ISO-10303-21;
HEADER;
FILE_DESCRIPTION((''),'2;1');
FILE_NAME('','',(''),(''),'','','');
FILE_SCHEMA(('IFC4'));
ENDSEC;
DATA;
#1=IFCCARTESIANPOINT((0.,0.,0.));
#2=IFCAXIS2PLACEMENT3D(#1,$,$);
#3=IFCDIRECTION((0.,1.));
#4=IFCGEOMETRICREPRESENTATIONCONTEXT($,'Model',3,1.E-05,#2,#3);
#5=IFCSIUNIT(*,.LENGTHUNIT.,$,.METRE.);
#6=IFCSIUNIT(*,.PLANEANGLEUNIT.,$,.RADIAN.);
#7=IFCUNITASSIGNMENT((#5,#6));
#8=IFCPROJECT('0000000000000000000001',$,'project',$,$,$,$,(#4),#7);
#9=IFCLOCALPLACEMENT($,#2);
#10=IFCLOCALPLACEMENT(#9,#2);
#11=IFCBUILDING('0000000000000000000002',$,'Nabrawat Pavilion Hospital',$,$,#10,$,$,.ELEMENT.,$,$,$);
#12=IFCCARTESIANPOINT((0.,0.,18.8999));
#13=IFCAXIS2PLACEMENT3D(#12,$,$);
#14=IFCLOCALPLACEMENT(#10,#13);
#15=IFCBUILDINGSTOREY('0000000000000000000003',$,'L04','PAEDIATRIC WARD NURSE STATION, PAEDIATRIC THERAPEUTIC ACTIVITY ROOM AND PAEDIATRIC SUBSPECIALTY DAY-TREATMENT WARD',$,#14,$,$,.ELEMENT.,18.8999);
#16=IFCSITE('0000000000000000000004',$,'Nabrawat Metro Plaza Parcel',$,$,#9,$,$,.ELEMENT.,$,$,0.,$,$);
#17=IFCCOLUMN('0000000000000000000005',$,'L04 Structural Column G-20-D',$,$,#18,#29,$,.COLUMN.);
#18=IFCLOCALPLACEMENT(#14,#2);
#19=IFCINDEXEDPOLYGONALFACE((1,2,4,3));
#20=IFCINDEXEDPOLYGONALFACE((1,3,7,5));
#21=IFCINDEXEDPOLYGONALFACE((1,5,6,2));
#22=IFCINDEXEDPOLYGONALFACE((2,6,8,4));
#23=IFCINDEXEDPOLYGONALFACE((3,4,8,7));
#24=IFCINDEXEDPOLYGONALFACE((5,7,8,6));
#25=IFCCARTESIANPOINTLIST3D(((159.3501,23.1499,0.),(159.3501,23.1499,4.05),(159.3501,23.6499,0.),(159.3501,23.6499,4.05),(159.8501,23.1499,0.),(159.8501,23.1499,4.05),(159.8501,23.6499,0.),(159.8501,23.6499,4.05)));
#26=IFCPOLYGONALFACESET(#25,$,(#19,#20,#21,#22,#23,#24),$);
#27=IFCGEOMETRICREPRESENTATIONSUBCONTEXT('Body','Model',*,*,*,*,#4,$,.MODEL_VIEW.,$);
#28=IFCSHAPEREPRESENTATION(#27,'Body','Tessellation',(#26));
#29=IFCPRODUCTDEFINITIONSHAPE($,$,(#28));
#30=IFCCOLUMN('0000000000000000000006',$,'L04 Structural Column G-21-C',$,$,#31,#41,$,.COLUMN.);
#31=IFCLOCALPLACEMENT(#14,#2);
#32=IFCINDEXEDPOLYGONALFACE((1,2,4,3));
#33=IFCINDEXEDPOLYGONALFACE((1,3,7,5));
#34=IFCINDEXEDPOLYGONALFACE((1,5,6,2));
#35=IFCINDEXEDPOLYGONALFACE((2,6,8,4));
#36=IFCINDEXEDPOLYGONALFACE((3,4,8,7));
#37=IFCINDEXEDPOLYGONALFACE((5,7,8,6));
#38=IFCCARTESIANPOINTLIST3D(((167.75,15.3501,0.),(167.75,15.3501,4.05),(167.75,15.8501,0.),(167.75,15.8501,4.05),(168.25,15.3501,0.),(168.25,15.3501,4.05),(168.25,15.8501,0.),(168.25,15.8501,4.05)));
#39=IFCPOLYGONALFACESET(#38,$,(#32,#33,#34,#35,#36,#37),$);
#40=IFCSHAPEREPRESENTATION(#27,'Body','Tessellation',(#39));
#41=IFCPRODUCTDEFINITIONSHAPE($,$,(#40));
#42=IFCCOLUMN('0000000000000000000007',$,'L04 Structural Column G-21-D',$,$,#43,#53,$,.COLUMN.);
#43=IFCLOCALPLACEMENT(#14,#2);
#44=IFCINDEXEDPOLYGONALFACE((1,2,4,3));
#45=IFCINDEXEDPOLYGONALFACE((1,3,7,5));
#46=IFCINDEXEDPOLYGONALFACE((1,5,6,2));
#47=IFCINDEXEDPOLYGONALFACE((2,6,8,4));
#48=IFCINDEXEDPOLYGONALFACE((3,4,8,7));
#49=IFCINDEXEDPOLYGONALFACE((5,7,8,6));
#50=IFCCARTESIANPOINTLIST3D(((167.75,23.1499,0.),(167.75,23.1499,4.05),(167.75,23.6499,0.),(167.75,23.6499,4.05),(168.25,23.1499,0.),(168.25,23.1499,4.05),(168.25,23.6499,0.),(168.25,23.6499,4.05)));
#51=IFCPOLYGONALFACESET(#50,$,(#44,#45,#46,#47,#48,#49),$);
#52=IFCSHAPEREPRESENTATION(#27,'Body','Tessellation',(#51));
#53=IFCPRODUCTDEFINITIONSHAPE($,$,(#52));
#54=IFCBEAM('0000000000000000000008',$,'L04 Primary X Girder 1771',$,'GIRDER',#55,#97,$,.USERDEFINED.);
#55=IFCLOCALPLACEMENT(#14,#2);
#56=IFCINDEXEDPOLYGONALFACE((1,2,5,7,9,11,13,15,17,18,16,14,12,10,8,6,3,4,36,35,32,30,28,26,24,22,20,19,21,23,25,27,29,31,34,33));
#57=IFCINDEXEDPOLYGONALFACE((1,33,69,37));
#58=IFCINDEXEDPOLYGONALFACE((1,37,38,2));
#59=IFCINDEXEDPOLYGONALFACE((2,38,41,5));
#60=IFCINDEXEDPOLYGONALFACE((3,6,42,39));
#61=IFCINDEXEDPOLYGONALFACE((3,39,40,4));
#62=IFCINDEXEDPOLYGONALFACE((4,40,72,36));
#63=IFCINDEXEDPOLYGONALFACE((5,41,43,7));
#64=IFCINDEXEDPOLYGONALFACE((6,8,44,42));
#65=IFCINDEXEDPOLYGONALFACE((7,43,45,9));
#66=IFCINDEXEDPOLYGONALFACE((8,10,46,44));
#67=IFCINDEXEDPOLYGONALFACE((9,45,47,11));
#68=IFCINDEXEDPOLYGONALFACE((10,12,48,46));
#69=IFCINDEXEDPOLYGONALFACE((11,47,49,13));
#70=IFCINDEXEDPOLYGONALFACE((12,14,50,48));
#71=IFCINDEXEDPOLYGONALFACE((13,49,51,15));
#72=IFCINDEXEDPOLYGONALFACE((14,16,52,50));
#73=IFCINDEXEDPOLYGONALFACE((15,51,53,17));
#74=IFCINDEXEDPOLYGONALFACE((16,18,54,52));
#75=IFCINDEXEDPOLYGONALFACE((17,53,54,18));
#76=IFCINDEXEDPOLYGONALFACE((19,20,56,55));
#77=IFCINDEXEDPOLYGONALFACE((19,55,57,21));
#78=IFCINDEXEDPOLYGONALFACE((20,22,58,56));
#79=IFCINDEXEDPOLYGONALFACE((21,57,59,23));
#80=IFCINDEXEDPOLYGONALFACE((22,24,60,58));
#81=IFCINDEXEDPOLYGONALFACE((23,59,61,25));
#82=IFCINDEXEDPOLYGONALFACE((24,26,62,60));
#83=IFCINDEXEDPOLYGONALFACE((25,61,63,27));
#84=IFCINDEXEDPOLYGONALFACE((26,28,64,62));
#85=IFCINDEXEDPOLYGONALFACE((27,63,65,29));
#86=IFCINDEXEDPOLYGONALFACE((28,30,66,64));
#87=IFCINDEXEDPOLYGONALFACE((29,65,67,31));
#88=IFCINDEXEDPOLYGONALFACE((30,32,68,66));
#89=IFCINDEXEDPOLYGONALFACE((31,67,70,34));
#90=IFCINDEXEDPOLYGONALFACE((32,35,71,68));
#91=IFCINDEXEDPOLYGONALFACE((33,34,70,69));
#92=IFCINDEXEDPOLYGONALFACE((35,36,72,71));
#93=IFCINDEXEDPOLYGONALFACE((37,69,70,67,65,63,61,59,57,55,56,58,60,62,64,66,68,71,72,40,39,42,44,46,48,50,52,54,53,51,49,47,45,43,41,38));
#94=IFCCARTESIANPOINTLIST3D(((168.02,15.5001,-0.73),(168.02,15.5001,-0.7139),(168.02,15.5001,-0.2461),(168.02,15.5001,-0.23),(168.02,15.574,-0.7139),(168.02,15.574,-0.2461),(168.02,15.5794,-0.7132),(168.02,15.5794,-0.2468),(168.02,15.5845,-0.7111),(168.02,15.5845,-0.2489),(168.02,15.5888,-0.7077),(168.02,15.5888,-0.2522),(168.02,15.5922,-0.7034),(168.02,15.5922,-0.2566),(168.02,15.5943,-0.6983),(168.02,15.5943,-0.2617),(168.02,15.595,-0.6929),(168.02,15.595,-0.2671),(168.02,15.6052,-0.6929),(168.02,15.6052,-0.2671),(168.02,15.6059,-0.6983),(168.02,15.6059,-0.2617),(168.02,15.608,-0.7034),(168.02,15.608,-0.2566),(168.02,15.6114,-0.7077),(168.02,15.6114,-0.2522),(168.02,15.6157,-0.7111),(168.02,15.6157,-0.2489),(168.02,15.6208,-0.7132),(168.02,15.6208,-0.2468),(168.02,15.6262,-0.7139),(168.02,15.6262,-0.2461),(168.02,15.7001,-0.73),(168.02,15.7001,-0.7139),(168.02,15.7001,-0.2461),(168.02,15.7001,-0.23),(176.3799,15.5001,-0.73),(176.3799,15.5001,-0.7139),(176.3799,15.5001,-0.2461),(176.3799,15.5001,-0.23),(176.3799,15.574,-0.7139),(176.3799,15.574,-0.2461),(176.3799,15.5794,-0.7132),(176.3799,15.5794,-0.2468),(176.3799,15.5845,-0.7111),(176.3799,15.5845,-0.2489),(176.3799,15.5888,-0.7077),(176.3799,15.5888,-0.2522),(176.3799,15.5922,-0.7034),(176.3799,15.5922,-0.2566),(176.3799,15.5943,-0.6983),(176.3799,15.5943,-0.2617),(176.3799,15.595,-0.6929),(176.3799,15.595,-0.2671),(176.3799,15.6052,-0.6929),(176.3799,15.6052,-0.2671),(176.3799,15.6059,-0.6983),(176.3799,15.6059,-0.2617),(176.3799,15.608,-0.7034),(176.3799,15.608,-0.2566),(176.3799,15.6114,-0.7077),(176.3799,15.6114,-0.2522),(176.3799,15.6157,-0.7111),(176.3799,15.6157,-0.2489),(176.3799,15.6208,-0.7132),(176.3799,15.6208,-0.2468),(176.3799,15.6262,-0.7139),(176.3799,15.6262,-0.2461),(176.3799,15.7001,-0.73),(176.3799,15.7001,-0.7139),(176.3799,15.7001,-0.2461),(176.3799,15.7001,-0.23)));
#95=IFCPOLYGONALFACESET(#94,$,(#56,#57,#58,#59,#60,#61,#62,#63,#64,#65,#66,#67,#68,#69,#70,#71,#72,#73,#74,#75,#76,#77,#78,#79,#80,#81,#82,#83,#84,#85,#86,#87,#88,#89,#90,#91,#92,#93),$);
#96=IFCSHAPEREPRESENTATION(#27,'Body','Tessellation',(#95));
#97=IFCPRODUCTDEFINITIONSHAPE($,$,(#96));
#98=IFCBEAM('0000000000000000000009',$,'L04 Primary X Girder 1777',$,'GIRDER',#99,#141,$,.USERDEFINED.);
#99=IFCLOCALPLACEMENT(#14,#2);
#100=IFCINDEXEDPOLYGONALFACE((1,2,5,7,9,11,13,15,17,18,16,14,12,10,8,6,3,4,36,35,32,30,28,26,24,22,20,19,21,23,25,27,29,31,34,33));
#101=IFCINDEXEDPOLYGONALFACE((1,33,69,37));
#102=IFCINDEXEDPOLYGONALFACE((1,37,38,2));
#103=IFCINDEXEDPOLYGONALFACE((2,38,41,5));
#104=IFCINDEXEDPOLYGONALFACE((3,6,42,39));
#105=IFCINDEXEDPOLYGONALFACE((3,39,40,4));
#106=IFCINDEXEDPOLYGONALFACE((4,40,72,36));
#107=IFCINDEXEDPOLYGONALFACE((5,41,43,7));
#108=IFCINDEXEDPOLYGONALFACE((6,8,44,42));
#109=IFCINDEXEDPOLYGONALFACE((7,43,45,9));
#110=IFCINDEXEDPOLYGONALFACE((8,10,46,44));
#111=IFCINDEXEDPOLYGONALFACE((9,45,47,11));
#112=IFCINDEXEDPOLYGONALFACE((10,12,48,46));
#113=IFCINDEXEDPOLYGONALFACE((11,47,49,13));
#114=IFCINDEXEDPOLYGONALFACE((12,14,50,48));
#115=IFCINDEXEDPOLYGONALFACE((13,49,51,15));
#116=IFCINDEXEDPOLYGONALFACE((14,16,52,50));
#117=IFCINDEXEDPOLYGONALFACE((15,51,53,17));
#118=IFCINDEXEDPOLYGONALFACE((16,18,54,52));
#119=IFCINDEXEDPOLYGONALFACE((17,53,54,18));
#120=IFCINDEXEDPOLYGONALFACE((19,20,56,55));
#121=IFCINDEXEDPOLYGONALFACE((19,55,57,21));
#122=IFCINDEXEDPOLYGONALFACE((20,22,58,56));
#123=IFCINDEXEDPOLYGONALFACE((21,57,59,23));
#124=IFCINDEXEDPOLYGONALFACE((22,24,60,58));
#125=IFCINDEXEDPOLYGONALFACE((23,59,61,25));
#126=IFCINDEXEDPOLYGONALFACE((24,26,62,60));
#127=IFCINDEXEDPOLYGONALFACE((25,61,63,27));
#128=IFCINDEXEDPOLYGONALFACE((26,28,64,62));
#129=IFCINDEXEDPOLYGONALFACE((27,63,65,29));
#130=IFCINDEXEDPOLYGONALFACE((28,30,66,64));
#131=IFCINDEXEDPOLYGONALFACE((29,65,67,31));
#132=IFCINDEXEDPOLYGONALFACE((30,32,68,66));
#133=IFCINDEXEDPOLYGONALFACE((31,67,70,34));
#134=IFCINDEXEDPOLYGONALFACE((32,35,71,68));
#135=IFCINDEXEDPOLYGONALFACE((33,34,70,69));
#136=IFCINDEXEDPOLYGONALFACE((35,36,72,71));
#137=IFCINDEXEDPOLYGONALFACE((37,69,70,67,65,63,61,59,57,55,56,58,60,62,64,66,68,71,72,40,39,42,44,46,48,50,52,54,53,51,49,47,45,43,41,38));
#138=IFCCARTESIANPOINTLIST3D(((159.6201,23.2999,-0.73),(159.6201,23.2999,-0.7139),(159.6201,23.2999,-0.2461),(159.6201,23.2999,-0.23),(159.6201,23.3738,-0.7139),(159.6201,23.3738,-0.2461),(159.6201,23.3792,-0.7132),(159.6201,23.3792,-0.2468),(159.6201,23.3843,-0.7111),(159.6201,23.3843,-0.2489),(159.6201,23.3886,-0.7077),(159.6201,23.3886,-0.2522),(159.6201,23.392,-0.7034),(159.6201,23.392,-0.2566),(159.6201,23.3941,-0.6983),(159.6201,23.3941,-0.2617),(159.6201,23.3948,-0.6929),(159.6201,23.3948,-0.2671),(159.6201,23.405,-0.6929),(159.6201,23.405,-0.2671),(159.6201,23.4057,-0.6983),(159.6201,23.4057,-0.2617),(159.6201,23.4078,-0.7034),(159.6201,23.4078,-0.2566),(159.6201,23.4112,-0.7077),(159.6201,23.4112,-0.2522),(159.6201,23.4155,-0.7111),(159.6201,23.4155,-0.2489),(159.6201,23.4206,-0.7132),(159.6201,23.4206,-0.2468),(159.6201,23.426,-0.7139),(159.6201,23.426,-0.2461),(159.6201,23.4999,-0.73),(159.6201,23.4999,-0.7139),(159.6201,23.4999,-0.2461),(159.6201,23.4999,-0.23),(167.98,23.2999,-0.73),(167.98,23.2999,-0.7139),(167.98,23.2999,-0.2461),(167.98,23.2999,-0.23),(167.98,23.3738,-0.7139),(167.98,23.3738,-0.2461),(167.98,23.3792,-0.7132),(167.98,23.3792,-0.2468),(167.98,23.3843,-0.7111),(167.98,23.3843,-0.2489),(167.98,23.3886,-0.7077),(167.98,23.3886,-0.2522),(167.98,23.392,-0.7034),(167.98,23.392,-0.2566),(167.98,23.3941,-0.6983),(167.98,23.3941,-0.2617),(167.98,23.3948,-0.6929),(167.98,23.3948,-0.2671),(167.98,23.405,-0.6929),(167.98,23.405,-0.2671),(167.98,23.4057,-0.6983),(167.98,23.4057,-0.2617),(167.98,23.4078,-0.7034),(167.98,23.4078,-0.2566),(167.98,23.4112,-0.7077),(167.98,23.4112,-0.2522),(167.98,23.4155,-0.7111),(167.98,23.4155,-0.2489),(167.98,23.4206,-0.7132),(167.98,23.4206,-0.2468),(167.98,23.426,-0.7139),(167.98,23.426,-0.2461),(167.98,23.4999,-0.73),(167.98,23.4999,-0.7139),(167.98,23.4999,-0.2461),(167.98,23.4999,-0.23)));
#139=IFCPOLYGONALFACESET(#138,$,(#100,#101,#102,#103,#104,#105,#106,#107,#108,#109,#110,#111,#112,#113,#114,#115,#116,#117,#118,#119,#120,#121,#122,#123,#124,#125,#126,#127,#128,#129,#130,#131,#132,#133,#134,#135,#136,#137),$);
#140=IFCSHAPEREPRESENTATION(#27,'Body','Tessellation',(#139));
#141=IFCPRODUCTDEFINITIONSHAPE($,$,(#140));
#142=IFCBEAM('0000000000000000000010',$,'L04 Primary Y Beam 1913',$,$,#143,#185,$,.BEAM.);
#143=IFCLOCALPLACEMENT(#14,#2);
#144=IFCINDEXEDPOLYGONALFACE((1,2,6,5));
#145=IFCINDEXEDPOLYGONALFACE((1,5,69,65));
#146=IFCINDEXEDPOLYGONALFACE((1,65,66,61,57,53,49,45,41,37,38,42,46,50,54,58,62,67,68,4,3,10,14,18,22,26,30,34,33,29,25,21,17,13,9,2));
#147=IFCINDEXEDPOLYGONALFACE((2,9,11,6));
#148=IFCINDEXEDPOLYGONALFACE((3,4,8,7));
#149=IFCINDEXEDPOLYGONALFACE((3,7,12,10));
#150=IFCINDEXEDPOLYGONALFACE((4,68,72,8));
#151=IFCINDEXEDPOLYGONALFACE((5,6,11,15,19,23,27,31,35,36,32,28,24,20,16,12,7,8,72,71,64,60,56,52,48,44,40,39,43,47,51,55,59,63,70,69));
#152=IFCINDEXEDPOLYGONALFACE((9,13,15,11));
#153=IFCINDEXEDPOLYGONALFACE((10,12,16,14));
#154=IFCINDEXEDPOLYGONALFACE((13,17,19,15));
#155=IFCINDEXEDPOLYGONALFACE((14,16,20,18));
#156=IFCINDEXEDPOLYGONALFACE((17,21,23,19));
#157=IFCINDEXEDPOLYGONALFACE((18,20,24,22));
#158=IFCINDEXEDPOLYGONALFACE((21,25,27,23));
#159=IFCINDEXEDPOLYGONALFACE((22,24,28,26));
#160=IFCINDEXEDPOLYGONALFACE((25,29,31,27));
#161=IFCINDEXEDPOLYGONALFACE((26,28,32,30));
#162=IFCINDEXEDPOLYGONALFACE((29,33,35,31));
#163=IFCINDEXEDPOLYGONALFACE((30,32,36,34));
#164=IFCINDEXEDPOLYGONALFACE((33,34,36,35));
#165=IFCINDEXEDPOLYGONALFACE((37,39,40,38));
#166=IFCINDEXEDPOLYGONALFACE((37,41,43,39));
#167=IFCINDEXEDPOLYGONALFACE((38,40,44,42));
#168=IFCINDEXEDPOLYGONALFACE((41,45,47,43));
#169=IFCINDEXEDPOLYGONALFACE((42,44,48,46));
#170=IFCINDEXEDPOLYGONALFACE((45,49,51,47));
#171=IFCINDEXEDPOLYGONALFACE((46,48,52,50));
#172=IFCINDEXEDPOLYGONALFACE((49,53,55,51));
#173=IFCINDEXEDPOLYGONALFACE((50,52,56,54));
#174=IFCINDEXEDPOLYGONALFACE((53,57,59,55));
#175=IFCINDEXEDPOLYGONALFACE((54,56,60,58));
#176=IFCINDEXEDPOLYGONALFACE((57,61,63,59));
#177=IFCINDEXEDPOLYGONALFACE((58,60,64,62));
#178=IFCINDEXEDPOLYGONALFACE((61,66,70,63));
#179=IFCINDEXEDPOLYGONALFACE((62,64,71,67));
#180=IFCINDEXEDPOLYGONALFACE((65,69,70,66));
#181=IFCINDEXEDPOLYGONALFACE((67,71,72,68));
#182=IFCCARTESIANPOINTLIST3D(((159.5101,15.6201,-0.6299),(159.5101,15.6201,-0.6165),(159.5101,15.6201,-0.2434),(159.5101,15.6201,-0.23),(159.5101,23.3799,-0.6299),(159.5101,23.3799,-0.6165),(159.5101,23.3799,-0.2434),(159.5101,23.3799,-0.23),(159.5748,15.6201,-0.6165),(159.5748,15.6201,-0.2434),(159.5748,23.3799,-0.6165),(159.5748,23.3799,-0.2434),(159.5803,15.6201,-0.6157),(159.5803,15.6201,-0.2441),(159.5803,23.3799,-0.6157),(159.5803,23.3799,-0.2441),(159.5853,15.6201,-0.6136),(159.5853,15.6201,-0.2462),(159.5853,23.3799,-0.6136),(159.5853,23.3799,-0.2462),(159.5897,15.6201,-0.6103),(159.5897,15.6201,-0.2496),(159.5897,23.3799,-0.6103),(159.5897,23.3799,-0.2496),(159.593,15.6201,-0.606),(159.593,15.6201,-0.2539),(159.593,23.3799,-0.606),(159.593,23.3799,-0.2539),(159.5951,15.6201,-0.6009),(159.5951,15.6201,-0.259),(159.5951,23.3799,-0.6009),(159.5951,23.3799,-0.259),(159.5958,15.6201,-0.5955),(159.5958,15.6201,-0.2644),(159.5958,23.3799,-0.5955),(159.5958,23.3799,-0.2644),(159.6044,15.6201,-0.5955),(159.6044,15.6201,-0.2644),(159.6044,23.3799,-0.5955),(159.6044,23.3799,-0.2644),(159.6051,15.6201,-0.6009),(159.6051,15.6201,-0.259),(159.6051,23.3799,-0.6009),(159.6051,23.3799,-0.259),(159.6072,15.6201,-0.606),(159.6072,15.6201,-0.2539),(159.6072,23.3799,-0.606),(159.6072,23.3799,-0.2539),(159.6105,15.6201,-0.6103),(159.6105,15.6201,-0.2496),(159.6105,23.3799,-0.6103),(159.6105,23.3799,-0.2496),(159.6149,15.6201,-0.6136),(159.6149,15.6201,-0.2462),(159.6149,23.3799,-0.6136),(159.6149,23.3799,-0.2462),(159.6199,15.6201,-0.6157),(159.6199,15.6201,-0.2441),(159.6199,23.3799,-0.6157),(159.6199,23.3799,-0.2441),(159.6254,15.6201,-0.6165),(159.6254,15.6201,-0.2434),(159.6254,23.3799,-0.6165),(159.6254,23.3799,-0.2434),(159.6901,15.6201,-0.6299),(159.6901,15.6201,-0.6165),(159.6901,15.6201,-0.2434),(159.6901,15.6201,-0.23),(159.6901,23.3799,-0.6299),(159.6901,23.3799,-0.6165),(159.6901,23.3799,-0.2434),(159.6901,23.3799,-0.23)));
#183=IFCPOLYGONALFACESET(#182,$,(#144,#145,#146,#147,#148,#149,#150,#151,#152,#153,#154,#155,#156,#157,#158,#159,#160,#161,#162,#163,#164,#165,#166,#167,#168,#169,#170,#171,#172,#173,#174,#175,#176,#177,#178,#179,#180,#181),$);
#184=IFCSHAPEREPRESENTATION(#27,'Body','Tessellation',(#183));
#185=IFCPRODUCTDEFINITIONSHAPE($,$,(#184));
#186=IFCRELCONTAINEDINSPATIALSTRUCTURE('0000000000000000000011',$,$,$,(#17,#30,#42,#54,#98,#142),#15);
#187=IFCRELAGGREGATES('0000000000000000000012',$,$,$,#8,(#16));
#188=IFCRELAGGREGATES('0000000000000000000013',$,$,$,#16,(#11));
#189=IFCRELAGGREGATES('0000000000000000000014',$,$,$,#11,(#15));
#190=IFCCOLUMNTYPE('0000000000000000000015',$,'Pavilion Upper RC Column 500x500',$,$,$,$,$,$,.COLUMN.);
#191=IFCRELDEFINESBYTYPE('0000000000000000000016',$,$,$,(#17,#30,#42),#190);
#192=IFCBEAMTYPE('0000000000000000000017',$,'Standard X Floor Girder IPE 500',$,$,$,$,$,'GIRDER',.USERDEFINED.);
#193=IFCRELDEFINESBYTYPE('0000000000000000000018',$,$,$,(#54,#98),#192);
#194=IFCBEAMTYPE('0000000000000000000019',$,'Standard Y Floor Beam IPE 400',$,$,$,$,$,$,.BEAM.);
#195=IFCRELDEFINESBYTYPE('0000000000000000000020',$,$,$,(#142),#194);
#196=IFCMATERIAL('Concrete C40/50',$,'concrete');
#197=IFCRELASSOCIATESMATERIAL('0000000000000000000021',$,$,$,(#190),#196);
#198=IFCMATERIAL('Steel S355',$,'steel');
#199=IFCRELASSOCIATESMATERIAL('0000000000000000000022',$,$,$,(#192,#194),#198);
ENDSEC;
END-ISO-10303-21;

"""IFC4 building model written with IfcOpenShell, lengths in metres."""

from ifc_helpers import new_model, si_unit, direction, frame, origin, origin_2d, place, context, subcontext, project, spatial, rectangle, i_section, extrude, material, material_profile, profile_set, type_object, element, save


model = new_model("IFC4")

# Units and contexts
model_context = context("Model", 3, precision=1e-05, world=origin(), true_north=direction((0.0, 1.0)))
body_context = subcontext(model_context, "Body", "Model", "MODEL_VIEW")
ifc_project = project(units=[si_unit("LENGTHUNIT", "METRE"), si_unit("PLANEANGLEUNIT", "RADIAN")], contexts=[model_context])

# Site, building, storey
site_placement = place(None, origin())
site = spatial("IfcSite", under=ifc_project, at=site_placement, Name="Nabrawat Metro Plaza Parcel", CompositionType="ELEMENT", RefElevation=0.0)
building_placement = place(site_placement, origin())
building = spatial("IfcBuilding", under=site, at=building_placement, Name="Nabrawat Pavilion Hospital", CompositionType="ELEMENT")
storey_placement = place(building_placement, frame((0.0, 0.0, 18.8999)))
storey = spatial("IfcBuildingStorey", under=building, at=storey_placement, Name="L04", Description="PAEDIATRIC WARD NURSE STATION, PAEDIATRIC THERAPEUTIC ACTIVITY ROOM AND PAEDIATRIC SUBSPECIALTY DAY-TREATMENT WARD", CompositionType="ELEMENT", Elevation=18.8999)

# Columns
ifc_material_1 = material(Name="Concrete C40/50", Category="concrete")
ifc_material_profile_1 = material_profile(ifc_material_1, rectangle(XDim=0.5, YDim=0.5, at=origin_2d()), Name="RC 500x500")
ifc_profile_set_1 = profile_set([ifc_material_profile_1], Name="Concrete C40/50")
column_type = type_object("IfcColumnType", Name="Pavilion Upper RC Column 500x500", PredefinedType="COLUMN", material=ifc_profile_set_1)
for number, where, z_axis, x_axis, name in (
    (1, (159.6001, 23.3999, 0.0), (0.0, 0.0, 1.0), (1.0, 0.0, 0.0), "L04 Structural Column G-20-D"),
    (2, (168.0, 15.6001, 0.0), (0.0, 0.0, 1.0), (1.0, 0.0, 0.0), "L04 Structural Column G-21-C"),
    (3, (168.0, 23.3999, 0.0), (0.0, 0.0, 1.0), (1.0, 0.0, 0.0), "L04 Structural Column G-21-D"),
):
    element("IfcColumn", number, at=place(storey_placement, frame(where, z_axis=z_axis, x_axis=x_axis)), inside=storey, type_object=column_type, Name=name, PredefinedType="COLUMN", context=body_context, shape_type="SweptSolid", body=[
        extrude(rectangle(XDim=0.5, YDim=0.5, at=origin_2d()), origin(), (0.0, 0.0, 1.0), 4.05),
    ])

# Beams
ifc_material_2 = material(Name="Steel S355", Category="steel")
ifc_material_profile_2 = material_profile(ifc_material_2, i_section(OverallWidth=0.2, OverallDepth=0.5, WebThickness=0.0103, FlangeThickness=0.0161, FilletRadius=0.021, at=origin_2d()), Name="IPE 500")
ifc_profile_set_2 = profile_set([ifc_material_profile_2], Name="Steel S355")
beam_type_1 = type_object("IfcBeamType", Name="Standard X Floor Girder IPE 500", ElementType="GIRDER", PredefinedType="USERDEFINED", material=ifc_profile_set_2)
for number, where, z_axis, x_axis, name in (
    (4, (168.02, 15.6001, -0.48), (1.0, 0.0, 0.0), (0.0, 1.0, 0.0), "L04 Primary X Girder 1771"),
    (5, (159.6201, 23.3999, -0.48), (1.0, 0.0, 0.0), (0.0, 1.0, 0.0), "L04 Primary X Girder 1777"),
):
    element("IfcBeam", number, at=place(storey_placement, frame(where, z_axis=z_axis, x_axis=x_axis)), inside=storey, type_object=beam_type_1, Name=name, ObjectType="GIRDER", PredefinedType="USERDEFINED", context=body_context, shape_type="SweptSolid", body=[
        extrude(i_section(OverallWidth=0.2, OverallDepth=0.5, WebThickness=0.0103, FlangeThickness=0.0161, FilletRadius=0.021, at=origin_2d()), origin(), (0.0, 0.0, 1.0), 8.3599),
    ])
ifc_material_profile_3 = material_profile(ifc_material_2, i_section(OverallWidth=0.1799, OverallDepth=0.3999, WebThickness=0.0085, FlangeThickness=0.0134, FilletRadius=0.021, at=origin_2d()), Name="IPE 400")
ifc_profile_set_3 = profile_set([ifc_material_profile_3], Name="Steel S355")
beam_type_2 = type_object("IfcBeamType", Name="Standard Y Floor Beam IPE 400", PredefinedType="BEAM", material=ifc_profile_set_3)
beam_1_placement = place(storey_placement, frame((159.6001, 15.6201, -0.4299), z_axis=(0.0, 1.0, 0.0), x_axis=(-1.0, 0.0, 0.0)))
element("IfcBeam", 6, at=beam_1_placement, inside=storey, type_object=beam_type_2, Name="L04 Primary Y Beam 1913", PredefinedType="BEAM", context=body_context, shape_type="SweptSolid", body=[
    extrude(i_section(OverallWidth=0.1799, OverallDepth=0.3999, WebThickness=0.0085, FlangeThickness=0.0134, FilletRadius=0.021, at=origin_2d()), origin(), (0.0, 0.0, 1.0), 7.7598),
])

save(model, "model.ifc")
